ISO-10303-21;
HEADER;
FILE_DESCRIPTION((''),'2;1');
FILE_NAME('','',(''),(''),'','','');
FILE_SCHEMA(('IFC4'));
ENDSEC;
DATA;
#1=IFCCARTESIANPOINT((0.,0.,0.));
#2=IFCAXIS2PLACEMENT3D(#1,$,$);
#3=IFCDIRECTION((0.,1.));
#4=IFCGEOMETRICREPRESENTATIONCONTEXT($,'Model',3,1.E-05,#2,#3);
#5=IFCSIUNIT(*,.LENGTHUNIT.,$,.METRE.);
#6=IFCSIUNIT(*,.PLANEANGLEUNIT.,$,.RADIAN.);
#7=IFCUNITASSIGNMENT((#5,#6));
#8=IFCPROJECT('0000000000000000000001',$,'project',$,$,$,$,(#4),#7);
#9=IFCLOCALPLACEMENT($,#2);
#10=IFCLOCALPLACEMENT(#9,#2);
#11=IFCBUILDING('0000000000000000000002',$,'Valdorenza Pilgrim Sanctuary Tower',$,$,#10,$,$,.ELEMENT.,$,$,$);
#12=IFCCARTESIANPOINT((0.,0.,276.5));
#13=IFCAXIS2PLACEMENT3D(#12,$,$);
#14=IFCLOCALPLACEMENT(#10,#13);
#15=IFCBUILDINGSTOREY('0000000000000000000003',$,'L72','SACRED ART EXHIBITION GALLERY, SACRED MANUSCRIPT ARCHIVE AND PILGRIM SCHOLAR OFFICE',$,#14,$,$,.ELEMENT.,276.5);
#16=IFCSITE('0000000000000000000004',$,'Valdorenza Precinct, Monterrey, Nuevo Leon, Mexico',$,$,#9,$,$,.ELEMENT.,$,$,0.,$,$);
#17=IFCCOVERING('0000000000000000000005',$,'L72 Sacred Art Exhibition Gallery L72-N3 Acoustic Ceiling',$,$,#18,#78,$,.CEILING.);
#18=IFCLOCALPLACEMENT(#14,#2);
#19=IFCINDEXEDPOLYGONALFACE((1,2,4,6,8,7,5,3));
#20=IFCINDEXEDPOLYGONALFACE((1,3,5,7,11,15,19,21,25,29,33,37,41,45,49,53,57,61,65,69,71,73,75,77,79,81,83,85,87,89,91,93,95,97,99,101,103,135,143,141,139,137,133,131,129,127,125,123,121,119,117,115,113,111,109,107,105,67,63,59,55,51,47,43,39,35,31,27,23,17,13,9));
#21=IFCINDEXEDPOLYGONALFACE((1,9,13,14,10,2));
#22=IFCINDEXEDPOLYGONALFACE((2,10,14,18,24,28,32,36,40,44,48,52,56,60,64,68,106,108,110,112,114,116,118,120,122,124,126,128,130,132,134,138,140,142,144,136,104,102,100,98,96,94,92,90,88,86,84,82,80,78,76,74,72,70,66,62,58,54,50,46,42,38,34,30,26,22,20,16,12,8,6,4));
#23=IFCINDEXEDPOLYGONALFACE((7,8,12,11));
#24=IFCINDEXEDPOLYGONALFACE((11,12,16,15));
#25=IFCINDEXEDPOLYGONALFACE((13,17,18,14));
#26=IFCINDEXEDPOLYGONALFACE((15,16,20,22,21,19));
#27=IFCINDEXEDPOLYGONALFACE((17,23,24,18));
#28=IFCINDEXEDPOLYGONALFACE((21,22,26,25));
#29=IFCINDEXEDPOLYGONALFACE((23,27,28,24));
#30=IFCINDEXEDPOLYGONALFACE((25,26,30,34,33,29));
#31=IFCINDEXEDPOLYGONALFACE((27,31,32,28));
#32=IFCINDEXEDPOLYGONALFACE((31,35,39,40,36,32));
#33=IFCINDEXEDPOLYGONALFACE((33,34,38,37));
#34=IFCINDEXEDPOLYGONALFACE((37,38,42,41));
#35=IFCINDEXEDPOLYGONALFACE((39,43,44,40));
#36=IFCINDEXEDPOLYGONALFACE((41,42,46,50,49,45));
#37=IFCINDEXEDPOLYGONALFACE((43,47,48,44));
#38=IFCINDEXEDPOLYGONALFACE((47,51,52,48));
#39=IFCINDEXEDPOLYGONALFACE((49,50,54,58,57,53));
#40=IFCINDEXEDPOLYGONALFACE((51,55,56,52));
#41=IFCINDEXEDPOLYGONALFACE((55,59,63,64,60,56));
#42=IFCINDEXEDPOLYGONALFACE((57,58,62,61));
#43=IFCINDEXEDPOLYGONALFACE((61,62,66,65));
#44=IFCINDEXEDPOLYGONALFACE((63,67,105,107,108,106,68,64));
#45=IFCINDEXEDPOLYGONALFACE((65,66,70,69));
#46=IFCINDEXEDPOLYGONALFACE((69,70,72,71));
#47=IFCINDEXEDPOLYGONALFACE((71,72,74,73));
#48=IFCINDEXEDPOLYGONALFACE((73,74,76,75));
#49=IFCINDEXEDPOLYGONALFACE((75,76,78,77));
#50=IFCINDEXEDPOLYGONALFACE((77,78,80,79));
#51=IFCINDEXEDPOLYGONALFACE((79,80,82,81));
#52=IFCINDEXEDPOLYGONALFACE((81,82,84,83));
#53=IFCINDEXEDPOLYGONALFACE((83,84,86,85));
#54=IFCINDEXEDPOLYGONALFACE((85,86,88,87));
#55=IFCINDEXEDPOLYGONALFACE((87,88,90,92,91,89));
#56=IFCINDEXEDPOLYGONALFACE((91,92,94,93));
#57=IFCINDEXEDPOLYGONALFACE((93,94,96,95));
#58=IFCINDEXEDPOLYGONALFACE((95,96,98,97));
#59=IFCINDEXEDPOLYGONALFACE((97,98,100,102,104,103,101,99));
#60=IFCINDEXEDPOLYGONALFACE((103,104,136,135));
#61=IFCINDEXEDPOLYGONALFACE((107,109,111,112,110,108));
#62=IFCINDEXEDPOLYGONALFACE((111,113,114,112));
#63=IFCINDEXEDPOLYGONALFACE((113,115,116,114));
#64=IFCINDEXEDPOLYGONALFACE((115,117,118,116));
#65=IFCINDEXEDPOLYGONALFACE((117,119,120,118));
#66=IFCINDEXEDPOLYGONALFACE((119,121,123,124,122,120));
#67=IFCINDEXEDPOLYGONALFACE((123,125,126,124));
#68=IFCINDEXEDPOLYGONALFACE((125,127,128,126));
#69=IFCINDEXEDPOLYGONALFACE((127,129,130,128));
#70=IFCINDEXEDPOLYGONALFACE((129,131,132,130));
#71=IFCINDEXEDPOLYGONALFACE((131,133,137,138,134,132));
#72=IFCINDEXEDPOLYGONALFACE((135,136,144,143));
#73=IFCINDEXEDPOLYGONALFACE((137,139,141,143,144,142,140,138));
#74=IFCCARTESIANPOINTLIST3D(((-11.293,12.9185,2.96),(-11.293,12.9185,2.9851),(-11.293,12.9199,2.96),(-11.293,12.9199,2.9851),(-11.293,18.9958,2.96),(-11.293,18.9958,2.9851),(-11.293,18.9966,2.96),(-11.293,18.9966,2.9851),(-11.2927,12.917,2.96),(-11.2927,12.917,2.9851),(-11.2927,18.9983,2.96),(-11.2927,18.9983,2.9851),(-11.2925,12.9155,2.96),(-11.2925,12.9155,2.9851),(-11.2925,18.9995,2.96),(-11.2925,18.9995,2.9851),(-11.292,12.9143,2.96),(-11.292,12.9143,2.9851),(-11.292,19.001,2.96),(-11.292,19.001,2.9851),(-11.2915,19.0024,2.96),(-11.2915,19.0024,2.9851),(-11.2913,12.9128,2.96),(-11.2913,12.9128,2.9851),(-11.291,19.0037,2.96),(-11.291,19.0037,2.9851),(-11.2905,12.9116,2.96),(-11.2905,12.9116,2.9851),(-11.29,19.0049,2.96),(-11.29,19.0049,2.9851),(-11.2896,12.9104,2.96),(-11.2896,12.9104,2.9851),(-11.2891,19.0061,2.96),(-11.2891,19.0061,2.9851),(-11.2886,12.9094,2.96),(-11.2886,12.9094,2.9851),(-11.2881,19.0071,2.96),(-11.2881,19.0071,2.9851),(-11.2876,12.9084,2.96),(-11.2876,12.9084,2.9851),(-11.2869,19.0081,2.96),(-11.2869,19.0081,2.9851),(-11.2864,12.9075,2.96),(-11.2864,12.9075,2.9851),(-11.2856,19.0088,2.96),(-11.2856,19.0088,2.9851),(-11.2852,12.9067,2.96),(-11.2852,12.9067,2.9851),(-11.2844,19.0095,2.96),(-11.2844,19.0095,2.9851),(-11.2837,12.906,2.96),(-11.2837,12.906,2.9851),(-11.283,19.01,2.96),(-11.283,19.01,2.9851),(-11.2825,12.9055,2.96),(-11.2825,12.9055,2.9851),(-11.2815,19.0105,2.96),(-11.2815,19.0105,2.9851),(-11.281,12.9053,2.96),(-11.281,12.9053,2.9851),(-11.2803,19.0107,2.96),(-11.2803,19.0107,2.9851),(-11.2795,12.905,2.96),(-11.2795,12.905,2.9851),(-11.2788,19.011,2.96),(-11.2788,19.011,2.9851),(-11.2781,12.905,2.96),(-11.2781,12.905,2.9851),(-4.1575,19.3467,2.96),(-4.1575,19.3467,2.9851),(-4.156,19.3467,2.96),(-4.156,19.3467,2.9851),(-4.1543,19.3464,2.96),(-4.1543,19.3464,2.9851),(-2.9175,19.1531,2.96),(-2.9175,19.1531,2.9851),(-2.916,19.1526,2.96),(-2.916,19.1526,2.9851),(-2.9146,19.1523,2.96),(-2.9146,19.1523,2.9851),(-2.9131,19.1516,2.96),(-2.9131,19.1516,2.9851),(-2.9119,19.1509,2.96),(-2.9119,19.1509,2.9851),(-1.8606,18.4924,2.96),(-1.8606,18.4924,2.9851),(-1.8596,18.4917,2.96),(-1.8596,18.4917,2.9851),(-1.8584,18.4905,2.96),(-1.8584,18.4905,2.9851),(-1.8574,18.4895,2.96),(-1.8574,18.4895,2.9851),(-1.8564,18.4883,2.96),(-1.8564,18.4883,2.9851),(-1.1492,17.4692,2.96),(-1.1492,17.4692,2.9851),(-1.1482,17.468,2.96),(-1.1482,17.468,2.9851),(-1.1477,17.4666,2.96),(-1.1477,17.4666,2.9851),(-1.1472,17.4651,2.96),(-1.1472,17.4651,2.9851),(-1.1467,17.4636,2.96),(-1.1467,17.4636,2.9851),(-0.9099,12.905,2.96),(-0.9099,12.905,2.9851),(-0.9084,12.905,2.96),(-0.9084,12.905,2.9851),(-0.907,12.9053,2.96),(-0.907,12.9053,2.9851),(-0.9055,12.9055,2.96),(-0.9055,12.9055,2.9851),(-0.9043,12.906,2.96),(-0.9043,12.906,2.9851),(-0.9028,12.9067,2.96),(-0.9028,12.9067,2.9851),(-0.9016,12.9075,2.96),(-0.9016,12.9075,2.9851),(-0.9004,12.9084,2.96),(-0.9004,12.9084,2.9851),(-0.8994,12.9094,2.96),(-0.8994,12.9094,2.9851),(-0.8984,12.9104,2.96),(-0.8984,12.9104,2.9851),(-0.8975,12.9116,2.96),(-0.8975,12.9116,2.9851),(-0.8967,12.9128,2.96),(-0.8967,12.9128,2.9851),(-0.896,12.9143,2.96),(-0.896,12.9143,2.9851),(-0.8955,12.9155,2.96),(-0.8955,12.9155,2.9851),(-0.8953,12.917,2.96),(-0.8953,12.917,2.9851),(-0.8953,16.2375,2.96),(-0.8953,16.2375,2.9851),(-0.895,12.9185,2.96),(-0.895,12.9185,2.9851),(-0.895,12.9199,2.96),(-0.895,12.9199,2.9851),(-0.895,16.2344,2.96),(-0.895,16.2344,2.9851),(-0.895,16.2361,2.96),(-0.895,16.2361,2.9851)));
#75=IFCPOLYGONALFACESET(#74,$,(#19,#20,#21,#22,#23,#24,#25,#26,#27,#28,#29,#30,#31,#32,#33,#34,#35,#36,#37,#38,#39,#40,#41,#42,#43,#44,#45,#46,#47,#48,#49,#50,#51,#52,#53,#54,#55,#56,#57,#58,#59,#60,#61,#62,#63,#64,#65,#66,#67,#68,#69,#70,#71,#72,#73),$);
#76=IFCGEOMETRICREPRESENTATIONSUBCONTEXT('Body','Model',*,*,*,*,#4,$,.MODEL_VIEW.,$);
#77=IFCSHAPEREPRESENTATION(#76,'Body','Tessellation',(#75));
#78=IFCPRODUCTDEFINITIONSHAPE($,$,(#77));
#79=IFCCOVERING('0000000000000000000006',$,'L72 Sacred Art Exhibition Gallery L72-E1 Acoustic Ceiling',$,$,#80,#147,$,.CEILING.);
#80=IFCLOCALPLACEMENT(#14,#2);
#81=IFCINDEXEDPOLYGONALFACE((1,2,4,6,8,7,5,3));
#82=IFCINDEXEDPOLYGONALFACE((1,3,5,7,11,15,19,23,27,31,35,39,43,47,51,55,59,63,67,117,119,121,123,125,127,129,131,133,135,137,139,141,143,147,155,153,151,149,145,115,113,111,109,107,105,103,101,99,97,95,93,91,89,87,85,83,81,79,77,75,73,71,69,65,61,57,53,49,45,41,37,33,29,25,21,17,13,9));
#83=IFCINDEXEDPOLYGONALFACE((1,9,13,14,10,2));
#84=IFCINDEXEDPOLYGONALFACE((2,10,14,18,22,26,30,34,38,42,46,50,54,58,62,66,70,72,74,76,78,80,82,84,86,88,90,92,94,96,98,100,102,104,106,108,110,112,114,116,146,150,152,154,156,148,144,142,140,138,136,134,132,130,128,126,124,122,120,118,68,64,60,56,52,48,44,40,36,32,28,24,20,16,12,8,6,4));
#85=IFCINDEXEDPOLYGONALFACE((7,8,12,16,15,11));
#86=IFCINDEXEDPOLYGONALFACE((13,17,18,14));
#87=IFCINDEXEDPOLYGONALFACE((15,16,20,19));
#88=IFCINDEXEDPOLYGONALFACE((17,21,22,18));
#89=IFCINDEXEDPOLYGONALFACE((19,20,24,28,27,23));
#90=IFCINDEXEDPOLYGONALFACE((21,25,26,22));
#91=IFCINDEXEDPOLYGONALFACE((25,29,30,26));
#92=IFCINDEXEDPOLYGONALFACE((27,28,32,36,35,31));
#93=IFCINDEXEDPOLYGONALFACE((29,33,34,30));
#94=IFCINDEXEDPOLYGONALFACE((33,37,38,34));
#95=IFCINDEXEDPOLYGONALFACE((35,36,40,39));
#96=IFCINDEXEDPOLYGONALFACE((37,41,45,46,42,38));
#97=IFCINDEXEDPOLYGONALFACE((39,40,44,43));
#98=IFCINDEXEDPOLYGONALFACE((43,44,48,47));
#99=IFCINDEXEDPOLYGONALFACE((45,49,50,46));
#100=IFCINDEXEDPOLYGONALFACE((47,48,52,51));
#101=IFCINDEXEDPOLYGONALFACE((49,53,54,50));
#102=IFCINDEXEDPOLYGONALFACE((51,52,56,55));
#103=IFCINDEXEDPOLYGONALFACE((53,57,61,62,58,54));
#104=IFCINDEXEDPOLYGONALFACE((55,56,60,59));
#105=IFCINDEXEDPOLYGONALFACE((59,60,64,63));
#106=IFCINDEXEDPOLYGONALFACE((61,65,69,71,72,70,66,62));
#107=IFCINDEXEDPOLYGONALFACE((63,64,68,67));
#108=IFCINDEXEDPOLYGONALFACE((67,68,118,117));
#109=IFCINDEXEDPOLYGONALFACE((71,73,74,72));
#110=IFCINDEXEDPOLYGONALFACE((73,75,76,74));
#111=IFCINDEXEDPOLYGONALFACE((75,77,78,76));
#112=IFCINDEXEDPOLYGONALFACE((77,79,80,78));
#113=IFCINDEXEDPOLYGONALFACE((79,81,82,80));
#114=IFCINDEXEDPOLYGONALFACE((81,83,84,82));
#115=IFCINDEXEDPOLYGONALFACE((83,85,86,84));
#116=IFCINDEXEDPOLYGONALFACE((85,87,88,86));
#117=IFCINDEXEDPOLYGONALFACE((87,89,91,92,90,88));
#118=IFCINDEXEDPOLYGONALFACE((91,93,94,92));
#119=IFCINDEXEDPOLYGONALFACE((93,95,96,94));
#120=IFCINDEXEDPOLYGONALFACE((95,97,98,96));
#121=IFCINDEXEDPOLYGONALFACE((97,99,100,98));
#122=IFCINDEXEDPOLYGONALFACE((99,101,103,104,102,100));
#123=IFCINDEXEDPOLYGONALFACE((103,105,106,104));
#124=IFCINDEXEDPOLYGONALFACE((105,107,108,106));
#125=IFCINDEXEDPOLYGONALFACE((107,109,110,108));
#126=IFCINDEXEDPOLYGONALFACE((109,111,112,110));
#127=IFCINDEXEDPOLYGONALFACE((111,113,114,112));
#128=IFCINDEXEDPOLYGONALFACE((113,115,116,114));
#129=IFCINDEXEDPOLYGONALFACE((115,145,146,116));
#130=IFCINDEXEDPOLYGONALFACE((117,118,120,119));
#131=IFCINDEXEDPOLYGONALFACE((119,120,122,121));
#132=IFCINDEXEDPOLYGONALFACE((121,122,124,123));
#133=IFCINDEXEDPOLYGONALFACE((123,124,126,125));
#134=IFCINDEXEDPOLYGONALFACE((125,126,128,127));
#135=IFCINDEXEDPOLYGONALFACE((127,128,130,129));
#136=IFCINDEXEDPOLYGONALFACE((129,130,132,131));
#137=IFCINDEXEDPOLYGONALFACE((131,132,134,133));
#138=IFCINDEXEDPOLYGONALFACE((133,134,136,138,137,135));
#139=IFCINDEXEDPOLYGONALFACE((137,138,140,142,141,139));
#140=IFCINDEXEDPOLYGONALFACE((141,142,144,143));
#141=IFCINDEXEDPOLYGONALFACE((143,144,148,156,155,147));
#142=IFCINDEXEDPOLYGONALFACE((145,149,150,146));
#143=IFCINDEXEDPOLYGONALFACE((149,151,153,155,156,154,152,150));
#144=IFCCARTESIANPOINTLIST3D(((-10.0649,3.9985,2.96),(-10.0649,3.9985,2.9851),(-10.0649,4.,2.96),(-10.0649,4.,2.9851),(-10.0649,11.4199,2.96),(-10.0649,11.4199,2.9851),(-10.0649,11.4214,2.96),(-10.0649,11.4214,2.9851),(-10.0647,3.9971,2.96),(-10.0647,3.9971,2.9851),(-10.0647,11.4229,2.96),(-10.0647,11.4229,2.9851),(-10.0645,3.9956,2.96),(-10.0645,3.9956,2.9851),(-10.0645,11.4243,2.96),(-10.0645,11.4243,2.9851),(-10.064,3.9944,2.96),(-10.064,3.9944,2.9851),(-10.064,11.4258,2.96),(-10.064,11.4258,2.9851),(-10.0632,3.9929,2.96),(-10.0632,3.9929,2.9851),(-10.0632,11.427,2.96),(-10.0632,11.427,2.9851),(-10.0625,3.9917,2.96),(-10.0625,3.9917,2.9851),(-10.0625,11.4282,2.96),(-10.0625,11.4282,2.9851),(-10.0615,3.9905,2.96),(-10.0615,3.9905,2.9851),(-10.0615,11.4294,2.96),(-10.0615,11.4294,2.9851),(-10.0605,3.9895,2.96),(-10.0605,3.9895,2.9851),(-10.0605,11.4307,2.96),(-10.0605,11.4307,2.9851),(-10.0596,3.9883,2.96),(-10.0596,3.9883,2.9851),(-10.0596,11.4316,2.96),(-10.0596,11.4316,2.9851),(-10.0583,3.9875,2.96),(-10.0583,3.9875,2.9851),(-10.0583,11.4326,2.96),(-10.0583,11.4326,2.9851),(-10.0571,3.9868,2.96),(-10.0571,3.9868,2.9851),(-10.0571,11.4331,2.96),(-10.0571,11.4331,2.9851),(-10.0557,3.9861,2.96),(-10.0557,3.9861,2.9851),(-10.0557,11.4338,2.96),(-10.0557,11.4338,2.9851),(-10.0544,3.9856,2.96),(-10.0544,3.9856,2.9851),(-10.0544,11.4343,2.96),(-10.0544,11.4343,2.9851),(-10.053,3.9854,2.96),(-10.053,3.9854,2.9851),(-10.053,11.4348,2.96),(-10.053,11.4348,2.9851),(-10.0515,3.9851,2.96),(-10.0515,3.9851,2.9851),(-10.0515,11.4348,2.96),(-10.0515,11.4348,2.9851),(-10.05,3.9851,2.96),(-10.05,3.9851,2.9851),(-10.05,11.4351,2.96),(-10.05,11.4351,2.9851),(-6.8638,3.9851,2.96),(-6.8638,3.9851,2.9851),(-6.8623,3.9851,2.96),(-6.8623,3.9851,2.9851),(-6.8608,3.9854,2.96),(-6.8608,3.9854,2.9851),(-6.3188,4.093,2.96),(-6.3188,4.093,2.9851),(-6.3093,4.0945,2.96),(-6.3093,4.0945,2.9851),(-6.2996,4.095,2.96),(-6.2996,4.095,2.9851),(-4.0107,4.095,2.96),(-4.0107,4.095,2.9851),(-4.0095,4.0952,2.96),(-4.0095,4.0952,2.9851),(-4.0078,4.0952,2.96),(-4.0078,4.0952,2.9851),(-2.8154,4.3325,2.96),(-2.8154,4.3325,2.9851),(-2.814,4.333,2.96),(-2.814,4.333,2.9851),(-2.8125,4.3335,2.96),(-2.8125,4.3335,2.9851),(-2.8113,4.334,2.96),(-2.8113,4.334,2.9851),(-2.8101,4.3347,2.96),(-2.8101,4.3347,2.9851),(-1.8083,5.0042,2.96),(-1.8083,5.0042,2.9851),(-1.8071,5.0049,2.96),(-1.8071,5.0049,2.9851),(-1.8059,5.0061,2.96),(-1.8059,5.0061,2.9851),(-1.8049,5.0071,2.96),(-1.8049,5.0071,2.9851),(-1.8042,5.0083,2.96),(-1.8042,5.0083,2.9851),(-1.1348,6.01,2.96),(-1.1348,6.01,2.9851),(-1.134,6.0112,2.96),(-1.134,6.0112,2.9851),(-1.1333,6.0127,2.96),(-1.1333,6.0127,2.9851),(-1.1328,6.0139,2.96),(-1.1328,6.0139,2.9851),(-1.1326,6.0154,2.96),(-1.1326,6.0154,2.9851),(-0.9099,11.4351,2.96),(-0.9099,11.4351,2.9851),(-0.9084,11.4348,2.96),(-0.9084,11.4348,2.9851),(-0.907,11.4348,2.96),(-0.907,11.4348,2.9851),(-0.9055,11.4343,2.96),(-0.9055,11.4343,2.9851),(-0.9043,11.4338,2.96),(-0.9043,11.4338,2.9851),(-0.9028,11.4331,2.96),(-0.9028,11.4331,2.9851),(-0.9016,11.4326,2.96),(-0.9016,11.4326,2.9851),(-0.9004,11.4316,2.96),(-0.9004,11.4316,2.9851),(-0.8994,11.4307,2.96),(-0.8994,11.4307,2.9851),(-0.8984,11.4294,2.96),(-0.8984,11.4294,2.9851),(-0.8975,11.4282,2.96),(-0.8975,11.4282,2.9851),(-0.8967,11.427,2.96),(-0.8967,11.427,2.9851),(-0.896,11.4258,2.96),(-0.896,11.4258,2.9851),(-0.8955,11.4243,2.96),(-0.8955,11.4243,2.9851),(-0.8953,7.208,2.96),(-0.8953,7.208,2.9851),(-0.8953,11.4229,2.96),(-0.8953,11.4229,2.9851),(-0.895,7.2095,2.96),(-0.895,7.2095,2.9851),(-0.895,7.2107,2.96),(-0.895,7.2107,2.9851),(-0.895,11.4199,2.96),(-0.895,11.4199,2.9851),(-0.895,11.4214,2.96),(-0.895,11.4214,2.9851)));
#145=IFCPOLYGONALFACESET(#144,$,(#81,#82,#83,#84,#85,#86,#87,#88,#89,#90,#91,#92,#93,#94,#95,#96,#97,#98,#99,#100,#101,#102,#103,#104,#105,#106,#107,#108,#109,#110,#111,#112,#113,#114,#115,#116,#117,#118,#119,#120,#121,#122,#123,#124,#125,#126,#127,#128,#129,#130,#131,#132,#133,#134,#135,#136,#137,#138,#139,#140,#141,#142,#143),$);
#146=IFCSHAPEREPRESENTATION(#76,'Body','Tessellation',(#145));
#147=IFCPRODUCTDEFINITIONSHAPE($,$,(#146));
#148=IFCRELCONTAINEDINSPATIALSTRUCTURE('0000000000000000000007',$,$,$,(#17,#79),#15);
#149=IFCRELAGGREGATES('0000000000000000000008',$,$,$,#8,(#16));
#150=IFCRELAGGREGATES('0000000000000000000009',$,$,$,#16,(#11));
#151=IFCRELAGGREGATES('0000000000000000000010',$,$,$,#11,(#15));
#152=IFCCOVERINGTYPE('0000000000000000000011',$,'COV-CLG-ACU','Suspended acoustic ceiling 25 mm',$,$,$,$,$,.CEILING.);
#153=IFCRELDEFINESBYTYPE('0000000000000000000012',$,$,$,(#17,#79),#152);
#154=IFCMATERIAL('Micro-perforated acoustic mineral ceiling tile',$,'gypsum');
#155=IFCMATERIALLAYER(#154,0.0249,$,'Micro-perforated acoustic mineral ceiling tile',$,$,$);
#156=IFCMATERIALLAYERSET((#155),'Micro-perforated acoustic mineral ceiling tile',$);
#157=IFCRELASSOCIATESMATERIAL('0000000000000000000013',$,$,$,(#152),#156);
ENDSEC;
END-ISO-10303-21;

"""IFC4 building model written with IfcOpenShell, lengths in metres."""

from ifc_helpers import new_model, si_unit, direction, frame, origin, place, context, subcontext, project, spatial, polyline, outline, extrude, material, layer, layer_set, type_object, element, save


model = new_model("IFC4")

# Units and contexts
model_context = context("Model", 3, precision=1e-05, world=origin(), true_north=direction((0.0, 1.0)))
body_context = subcontext(model_context, "Body", "Model", "MODEL_VIEW")
ifc_project = project(units=[si_unit("LENGTHUNIT", "METRE"), si_unit("PLANEANGLEUNIT", "RADIAN")], contexts=[model_context])

# Site, building, storey
site_placement = place(None, origin())
site = spatial("IfcSite", under=ifc_project, at=site_placement, Name="Valdorenza Precinct, Monterrey, Nuevo Leon, Mexico", CompositionType="ELEMENT", RefElevation=0.0)
building_placement = place(site_placement, origin())
building = spatial("IfcBuilding", under=site, at=building_placement, Name="Valdorenza Pilgrim Sanctuary Tower", CompositionType="ELEMENT")
storey_placement = place(building_placement, frame((0.0, 0.0, 276.5)))
storey = spatial("IfcBuildingStorey", under=building, at=storey_placement, Name="L72", Description="SACRED ART EXHIBITION GALLERY, SACRED MANUSCRIPT ARCHIVE AND PILGRIM SCHOLAR OFFICE", CompositionType="ELEMENT", Elevation=276.5)

# Coverings
ifc_material_1 = material(Name="Micro-perforated acoustic mineral ceiling tile", Category="gypsum")
ifc_layer_1 = layer(ifc_material_1, 0.0249, Name="Micro-perforated acoustic mineral ceiling tile")
ifc_layer_set_1 = layer_set([ifc_layer_1], Name="Micro-perforated acoustic mineral ceiling tile")
covering_type_1 = type_object("IfcCoveringType", Name="COV-CLG-ACU", Description="Suspended acoustic ceiling 25 mm", PredefinedType="CEILING", material=ifc_layer_set_1)
covering_1_placement = place(storey_placement, frame((0.0, 0.0, 2.96)))
element("IfcCovering", 1, at=covering_1_placement, inside=storey, type_object=covering_type_1, Name="L72 Sacred Art Exhibition Gallery L72-N3 Acoustic Ceiling", PredefinedType="CEILING", context=body_context, shape_type="SweptSolid", body=[
    extrude(outline(polyline([(-11.293, 18.9958), (-11.293, 18.9966), (-11.2927, 18.9983), (-11.2925, 18.9995), (-11.292, 19.001), (-11.2915, 19.0024), (-11.291, 19.0037), (-11.29, 19.0049), (-11.2891, 19.0061), (-11.2881, 19.0071), (-11.2869, 19.0081), (-11.2856, 19.0088), (-11.2844, 19.0095), (-11.283, 19.01), (-11.2815, 19.0105), (-11.2803, 19.0107), (-11.2788, 19.011), (-4.1575, 19.3467), (-4.156, 19.3467), (-4.1543, 19.3464), (-2.9175, 19.1531), (-2.916, 19.1526), (-2.9146, 19.1523), (-2.9131, 19.1516), (-2.9119, 19.1509), (-1.8606, 18.4924), (-1.8596, 18.4917), (-1.8584, 18.4905), (-1.8574, 18.4895), (-1.8564, 18.4883), (-1.1492, 17.4692), (-1.1482, 17.468), (-1.1477, 17.4666), (-1.1472, 17.4651), (-1.1467, 17.4636), (-0.8953, 16.2375), (-0.895, 16.2361), (-0.895, 16.2344), (-0.895, 12.9199), (-0.895, 12.9185), (-0.8953, 12.917), (-0.8955, 12.9155), (-0.896, 12.9143), (-0.8967, 12.9128), (-0.8975, 12.9116), (-0.8984, 12.9104), (-0.8994, 12.9094), (-0.9004, 12.9084), (-0.9016, 12.9075), (-0.9028, 12.9067), (-0.9043, 12.906), (-0.9055, 12.9055), (-0.907, 12.9053), (-0.9084, 12.905), (-0.9099, 12.905), (-11.2781, 12.905), (-11.2795, 12.905), (-11.281, 12.9053), (-11.2825, 12.9055), (-11.2837, 12.906), (-11.2852, 12.9067), (-11.2864, 12.9075), (-11.2876, 12.9084), (-11.2886, 12.9094), (-11.2896, 12.9104), (-11.2905, 12.9116), (-11.2913, 12.9128), (-11.292, 12.9143), (-11.2925, 12.9155), (-11.2927, 12.917), (-11.293, 12.9185), (-11.293, 12.9199), (-11.293, 18.9958), (-11.293, 18.9958)])), origin(), (0.0, 0.0, 1.0), 0.0251),
])
covering_2_placement = place(storey_placement, frame((0.0, 0.0, 2.96)))
element("IfcCovering", 2, at=covering_2_placement, inside=storey, type_object=covering_type_1, Name="L72 Sacred Art Exhibition Gallery L72-E1 Acoustic Ceiling", PredefinedType="CEILING", context=body_context, shape_type="SweptSolid", body=[
    extrude(outline(polyline([(-10.0649, 11.4199), (-10.0649, 11.4214), (-10.0647, 11.4229), (-10.0645, 11.4243), (-10.064, 11.4258), (-10.0632, 11.427), (-10.0625, 11.4282), (-10.0615, 11.4294), (-10.0605, 11.4307), (-10.0596, 11.4316), (-10.0583, 11.4326), (-10.0571, 11.4331), (-10.0557, 11.4338), (-10.0544, 11.4343), (-10.053, 11.4348), (-10.0515, 11.4348), (-10.05, 11.4351), (-0.9099, 11.4351), (-0.9084, 11.4348), (-0.907, 11.4348), (-0.9055, 11.4343), (-0.9043, 11.4338), (-0.9028, 11.4331), (-0.9016, 11.4326), (-0.9004, 11.4316), (-0.8994, 11.4307), (-0.8984, 11.4294), (-0.8975, 11.4282), (-0.8967, 11.427), (-0.896, 11.4258), (-0.8955, 11.4243), (-0.8953, 11.4229), (-0.895, 11.4214), (-0.895, 11.4199), (-0.895, 7.2107), (-0.895, 7.2095), (-0.8953, 7.208), (-1.1326, 6.0154), (-1.1328, 6.0139), (-1.1333, 6.0127), (-1.134, 6.0112), (-1.1348, 6.01), (-1.8042, 5.0083), (-1.8049, 5.0071), (-1.8059, 5.0061), (-1.8071, 5.0049), (-1.8083, 5.0042), (-2.8101, 4.3347), (-2.8113, 4.334), (-2.8125, 4.3335), (-2.814, 4.333), (-2.8154, 4.3325), (-4.0078, 4.0952), (-4.0095, 4.0952), (-4.0107, 4.095), (-6.2996, 4.095), (-6.3093, 4.0945), (-6.3188, 4.093), (-6.8608, 3.9854), (-6.8623, 3.9851), (-6.8638, 3.9851), (-10.05, 3.9851), (-10.0515, 3.9851), (-10.053, 3.9854), (-10.0544, 3.9856), (-10.0557, 3.9861), (-10.0571, 3.9868), (-10.0583, 3.9875), (-10.0596, 3.9883), (-10.0605, 3.9895), (-10.0615, 3.9905), (-10.0625, 3.9917), (-10.0632, 3.9929), (-10.064, 3.9944), (-10.0645, 3.9956), (-10.0647, 3.9971), (-10.0649, 3.9985), (-10.0649, 4.0), (-10.0649, 11.4199)])), origin(), (0.0, 0.0, 1.0), 0.0251),
])

save(model, "model.ifc")
